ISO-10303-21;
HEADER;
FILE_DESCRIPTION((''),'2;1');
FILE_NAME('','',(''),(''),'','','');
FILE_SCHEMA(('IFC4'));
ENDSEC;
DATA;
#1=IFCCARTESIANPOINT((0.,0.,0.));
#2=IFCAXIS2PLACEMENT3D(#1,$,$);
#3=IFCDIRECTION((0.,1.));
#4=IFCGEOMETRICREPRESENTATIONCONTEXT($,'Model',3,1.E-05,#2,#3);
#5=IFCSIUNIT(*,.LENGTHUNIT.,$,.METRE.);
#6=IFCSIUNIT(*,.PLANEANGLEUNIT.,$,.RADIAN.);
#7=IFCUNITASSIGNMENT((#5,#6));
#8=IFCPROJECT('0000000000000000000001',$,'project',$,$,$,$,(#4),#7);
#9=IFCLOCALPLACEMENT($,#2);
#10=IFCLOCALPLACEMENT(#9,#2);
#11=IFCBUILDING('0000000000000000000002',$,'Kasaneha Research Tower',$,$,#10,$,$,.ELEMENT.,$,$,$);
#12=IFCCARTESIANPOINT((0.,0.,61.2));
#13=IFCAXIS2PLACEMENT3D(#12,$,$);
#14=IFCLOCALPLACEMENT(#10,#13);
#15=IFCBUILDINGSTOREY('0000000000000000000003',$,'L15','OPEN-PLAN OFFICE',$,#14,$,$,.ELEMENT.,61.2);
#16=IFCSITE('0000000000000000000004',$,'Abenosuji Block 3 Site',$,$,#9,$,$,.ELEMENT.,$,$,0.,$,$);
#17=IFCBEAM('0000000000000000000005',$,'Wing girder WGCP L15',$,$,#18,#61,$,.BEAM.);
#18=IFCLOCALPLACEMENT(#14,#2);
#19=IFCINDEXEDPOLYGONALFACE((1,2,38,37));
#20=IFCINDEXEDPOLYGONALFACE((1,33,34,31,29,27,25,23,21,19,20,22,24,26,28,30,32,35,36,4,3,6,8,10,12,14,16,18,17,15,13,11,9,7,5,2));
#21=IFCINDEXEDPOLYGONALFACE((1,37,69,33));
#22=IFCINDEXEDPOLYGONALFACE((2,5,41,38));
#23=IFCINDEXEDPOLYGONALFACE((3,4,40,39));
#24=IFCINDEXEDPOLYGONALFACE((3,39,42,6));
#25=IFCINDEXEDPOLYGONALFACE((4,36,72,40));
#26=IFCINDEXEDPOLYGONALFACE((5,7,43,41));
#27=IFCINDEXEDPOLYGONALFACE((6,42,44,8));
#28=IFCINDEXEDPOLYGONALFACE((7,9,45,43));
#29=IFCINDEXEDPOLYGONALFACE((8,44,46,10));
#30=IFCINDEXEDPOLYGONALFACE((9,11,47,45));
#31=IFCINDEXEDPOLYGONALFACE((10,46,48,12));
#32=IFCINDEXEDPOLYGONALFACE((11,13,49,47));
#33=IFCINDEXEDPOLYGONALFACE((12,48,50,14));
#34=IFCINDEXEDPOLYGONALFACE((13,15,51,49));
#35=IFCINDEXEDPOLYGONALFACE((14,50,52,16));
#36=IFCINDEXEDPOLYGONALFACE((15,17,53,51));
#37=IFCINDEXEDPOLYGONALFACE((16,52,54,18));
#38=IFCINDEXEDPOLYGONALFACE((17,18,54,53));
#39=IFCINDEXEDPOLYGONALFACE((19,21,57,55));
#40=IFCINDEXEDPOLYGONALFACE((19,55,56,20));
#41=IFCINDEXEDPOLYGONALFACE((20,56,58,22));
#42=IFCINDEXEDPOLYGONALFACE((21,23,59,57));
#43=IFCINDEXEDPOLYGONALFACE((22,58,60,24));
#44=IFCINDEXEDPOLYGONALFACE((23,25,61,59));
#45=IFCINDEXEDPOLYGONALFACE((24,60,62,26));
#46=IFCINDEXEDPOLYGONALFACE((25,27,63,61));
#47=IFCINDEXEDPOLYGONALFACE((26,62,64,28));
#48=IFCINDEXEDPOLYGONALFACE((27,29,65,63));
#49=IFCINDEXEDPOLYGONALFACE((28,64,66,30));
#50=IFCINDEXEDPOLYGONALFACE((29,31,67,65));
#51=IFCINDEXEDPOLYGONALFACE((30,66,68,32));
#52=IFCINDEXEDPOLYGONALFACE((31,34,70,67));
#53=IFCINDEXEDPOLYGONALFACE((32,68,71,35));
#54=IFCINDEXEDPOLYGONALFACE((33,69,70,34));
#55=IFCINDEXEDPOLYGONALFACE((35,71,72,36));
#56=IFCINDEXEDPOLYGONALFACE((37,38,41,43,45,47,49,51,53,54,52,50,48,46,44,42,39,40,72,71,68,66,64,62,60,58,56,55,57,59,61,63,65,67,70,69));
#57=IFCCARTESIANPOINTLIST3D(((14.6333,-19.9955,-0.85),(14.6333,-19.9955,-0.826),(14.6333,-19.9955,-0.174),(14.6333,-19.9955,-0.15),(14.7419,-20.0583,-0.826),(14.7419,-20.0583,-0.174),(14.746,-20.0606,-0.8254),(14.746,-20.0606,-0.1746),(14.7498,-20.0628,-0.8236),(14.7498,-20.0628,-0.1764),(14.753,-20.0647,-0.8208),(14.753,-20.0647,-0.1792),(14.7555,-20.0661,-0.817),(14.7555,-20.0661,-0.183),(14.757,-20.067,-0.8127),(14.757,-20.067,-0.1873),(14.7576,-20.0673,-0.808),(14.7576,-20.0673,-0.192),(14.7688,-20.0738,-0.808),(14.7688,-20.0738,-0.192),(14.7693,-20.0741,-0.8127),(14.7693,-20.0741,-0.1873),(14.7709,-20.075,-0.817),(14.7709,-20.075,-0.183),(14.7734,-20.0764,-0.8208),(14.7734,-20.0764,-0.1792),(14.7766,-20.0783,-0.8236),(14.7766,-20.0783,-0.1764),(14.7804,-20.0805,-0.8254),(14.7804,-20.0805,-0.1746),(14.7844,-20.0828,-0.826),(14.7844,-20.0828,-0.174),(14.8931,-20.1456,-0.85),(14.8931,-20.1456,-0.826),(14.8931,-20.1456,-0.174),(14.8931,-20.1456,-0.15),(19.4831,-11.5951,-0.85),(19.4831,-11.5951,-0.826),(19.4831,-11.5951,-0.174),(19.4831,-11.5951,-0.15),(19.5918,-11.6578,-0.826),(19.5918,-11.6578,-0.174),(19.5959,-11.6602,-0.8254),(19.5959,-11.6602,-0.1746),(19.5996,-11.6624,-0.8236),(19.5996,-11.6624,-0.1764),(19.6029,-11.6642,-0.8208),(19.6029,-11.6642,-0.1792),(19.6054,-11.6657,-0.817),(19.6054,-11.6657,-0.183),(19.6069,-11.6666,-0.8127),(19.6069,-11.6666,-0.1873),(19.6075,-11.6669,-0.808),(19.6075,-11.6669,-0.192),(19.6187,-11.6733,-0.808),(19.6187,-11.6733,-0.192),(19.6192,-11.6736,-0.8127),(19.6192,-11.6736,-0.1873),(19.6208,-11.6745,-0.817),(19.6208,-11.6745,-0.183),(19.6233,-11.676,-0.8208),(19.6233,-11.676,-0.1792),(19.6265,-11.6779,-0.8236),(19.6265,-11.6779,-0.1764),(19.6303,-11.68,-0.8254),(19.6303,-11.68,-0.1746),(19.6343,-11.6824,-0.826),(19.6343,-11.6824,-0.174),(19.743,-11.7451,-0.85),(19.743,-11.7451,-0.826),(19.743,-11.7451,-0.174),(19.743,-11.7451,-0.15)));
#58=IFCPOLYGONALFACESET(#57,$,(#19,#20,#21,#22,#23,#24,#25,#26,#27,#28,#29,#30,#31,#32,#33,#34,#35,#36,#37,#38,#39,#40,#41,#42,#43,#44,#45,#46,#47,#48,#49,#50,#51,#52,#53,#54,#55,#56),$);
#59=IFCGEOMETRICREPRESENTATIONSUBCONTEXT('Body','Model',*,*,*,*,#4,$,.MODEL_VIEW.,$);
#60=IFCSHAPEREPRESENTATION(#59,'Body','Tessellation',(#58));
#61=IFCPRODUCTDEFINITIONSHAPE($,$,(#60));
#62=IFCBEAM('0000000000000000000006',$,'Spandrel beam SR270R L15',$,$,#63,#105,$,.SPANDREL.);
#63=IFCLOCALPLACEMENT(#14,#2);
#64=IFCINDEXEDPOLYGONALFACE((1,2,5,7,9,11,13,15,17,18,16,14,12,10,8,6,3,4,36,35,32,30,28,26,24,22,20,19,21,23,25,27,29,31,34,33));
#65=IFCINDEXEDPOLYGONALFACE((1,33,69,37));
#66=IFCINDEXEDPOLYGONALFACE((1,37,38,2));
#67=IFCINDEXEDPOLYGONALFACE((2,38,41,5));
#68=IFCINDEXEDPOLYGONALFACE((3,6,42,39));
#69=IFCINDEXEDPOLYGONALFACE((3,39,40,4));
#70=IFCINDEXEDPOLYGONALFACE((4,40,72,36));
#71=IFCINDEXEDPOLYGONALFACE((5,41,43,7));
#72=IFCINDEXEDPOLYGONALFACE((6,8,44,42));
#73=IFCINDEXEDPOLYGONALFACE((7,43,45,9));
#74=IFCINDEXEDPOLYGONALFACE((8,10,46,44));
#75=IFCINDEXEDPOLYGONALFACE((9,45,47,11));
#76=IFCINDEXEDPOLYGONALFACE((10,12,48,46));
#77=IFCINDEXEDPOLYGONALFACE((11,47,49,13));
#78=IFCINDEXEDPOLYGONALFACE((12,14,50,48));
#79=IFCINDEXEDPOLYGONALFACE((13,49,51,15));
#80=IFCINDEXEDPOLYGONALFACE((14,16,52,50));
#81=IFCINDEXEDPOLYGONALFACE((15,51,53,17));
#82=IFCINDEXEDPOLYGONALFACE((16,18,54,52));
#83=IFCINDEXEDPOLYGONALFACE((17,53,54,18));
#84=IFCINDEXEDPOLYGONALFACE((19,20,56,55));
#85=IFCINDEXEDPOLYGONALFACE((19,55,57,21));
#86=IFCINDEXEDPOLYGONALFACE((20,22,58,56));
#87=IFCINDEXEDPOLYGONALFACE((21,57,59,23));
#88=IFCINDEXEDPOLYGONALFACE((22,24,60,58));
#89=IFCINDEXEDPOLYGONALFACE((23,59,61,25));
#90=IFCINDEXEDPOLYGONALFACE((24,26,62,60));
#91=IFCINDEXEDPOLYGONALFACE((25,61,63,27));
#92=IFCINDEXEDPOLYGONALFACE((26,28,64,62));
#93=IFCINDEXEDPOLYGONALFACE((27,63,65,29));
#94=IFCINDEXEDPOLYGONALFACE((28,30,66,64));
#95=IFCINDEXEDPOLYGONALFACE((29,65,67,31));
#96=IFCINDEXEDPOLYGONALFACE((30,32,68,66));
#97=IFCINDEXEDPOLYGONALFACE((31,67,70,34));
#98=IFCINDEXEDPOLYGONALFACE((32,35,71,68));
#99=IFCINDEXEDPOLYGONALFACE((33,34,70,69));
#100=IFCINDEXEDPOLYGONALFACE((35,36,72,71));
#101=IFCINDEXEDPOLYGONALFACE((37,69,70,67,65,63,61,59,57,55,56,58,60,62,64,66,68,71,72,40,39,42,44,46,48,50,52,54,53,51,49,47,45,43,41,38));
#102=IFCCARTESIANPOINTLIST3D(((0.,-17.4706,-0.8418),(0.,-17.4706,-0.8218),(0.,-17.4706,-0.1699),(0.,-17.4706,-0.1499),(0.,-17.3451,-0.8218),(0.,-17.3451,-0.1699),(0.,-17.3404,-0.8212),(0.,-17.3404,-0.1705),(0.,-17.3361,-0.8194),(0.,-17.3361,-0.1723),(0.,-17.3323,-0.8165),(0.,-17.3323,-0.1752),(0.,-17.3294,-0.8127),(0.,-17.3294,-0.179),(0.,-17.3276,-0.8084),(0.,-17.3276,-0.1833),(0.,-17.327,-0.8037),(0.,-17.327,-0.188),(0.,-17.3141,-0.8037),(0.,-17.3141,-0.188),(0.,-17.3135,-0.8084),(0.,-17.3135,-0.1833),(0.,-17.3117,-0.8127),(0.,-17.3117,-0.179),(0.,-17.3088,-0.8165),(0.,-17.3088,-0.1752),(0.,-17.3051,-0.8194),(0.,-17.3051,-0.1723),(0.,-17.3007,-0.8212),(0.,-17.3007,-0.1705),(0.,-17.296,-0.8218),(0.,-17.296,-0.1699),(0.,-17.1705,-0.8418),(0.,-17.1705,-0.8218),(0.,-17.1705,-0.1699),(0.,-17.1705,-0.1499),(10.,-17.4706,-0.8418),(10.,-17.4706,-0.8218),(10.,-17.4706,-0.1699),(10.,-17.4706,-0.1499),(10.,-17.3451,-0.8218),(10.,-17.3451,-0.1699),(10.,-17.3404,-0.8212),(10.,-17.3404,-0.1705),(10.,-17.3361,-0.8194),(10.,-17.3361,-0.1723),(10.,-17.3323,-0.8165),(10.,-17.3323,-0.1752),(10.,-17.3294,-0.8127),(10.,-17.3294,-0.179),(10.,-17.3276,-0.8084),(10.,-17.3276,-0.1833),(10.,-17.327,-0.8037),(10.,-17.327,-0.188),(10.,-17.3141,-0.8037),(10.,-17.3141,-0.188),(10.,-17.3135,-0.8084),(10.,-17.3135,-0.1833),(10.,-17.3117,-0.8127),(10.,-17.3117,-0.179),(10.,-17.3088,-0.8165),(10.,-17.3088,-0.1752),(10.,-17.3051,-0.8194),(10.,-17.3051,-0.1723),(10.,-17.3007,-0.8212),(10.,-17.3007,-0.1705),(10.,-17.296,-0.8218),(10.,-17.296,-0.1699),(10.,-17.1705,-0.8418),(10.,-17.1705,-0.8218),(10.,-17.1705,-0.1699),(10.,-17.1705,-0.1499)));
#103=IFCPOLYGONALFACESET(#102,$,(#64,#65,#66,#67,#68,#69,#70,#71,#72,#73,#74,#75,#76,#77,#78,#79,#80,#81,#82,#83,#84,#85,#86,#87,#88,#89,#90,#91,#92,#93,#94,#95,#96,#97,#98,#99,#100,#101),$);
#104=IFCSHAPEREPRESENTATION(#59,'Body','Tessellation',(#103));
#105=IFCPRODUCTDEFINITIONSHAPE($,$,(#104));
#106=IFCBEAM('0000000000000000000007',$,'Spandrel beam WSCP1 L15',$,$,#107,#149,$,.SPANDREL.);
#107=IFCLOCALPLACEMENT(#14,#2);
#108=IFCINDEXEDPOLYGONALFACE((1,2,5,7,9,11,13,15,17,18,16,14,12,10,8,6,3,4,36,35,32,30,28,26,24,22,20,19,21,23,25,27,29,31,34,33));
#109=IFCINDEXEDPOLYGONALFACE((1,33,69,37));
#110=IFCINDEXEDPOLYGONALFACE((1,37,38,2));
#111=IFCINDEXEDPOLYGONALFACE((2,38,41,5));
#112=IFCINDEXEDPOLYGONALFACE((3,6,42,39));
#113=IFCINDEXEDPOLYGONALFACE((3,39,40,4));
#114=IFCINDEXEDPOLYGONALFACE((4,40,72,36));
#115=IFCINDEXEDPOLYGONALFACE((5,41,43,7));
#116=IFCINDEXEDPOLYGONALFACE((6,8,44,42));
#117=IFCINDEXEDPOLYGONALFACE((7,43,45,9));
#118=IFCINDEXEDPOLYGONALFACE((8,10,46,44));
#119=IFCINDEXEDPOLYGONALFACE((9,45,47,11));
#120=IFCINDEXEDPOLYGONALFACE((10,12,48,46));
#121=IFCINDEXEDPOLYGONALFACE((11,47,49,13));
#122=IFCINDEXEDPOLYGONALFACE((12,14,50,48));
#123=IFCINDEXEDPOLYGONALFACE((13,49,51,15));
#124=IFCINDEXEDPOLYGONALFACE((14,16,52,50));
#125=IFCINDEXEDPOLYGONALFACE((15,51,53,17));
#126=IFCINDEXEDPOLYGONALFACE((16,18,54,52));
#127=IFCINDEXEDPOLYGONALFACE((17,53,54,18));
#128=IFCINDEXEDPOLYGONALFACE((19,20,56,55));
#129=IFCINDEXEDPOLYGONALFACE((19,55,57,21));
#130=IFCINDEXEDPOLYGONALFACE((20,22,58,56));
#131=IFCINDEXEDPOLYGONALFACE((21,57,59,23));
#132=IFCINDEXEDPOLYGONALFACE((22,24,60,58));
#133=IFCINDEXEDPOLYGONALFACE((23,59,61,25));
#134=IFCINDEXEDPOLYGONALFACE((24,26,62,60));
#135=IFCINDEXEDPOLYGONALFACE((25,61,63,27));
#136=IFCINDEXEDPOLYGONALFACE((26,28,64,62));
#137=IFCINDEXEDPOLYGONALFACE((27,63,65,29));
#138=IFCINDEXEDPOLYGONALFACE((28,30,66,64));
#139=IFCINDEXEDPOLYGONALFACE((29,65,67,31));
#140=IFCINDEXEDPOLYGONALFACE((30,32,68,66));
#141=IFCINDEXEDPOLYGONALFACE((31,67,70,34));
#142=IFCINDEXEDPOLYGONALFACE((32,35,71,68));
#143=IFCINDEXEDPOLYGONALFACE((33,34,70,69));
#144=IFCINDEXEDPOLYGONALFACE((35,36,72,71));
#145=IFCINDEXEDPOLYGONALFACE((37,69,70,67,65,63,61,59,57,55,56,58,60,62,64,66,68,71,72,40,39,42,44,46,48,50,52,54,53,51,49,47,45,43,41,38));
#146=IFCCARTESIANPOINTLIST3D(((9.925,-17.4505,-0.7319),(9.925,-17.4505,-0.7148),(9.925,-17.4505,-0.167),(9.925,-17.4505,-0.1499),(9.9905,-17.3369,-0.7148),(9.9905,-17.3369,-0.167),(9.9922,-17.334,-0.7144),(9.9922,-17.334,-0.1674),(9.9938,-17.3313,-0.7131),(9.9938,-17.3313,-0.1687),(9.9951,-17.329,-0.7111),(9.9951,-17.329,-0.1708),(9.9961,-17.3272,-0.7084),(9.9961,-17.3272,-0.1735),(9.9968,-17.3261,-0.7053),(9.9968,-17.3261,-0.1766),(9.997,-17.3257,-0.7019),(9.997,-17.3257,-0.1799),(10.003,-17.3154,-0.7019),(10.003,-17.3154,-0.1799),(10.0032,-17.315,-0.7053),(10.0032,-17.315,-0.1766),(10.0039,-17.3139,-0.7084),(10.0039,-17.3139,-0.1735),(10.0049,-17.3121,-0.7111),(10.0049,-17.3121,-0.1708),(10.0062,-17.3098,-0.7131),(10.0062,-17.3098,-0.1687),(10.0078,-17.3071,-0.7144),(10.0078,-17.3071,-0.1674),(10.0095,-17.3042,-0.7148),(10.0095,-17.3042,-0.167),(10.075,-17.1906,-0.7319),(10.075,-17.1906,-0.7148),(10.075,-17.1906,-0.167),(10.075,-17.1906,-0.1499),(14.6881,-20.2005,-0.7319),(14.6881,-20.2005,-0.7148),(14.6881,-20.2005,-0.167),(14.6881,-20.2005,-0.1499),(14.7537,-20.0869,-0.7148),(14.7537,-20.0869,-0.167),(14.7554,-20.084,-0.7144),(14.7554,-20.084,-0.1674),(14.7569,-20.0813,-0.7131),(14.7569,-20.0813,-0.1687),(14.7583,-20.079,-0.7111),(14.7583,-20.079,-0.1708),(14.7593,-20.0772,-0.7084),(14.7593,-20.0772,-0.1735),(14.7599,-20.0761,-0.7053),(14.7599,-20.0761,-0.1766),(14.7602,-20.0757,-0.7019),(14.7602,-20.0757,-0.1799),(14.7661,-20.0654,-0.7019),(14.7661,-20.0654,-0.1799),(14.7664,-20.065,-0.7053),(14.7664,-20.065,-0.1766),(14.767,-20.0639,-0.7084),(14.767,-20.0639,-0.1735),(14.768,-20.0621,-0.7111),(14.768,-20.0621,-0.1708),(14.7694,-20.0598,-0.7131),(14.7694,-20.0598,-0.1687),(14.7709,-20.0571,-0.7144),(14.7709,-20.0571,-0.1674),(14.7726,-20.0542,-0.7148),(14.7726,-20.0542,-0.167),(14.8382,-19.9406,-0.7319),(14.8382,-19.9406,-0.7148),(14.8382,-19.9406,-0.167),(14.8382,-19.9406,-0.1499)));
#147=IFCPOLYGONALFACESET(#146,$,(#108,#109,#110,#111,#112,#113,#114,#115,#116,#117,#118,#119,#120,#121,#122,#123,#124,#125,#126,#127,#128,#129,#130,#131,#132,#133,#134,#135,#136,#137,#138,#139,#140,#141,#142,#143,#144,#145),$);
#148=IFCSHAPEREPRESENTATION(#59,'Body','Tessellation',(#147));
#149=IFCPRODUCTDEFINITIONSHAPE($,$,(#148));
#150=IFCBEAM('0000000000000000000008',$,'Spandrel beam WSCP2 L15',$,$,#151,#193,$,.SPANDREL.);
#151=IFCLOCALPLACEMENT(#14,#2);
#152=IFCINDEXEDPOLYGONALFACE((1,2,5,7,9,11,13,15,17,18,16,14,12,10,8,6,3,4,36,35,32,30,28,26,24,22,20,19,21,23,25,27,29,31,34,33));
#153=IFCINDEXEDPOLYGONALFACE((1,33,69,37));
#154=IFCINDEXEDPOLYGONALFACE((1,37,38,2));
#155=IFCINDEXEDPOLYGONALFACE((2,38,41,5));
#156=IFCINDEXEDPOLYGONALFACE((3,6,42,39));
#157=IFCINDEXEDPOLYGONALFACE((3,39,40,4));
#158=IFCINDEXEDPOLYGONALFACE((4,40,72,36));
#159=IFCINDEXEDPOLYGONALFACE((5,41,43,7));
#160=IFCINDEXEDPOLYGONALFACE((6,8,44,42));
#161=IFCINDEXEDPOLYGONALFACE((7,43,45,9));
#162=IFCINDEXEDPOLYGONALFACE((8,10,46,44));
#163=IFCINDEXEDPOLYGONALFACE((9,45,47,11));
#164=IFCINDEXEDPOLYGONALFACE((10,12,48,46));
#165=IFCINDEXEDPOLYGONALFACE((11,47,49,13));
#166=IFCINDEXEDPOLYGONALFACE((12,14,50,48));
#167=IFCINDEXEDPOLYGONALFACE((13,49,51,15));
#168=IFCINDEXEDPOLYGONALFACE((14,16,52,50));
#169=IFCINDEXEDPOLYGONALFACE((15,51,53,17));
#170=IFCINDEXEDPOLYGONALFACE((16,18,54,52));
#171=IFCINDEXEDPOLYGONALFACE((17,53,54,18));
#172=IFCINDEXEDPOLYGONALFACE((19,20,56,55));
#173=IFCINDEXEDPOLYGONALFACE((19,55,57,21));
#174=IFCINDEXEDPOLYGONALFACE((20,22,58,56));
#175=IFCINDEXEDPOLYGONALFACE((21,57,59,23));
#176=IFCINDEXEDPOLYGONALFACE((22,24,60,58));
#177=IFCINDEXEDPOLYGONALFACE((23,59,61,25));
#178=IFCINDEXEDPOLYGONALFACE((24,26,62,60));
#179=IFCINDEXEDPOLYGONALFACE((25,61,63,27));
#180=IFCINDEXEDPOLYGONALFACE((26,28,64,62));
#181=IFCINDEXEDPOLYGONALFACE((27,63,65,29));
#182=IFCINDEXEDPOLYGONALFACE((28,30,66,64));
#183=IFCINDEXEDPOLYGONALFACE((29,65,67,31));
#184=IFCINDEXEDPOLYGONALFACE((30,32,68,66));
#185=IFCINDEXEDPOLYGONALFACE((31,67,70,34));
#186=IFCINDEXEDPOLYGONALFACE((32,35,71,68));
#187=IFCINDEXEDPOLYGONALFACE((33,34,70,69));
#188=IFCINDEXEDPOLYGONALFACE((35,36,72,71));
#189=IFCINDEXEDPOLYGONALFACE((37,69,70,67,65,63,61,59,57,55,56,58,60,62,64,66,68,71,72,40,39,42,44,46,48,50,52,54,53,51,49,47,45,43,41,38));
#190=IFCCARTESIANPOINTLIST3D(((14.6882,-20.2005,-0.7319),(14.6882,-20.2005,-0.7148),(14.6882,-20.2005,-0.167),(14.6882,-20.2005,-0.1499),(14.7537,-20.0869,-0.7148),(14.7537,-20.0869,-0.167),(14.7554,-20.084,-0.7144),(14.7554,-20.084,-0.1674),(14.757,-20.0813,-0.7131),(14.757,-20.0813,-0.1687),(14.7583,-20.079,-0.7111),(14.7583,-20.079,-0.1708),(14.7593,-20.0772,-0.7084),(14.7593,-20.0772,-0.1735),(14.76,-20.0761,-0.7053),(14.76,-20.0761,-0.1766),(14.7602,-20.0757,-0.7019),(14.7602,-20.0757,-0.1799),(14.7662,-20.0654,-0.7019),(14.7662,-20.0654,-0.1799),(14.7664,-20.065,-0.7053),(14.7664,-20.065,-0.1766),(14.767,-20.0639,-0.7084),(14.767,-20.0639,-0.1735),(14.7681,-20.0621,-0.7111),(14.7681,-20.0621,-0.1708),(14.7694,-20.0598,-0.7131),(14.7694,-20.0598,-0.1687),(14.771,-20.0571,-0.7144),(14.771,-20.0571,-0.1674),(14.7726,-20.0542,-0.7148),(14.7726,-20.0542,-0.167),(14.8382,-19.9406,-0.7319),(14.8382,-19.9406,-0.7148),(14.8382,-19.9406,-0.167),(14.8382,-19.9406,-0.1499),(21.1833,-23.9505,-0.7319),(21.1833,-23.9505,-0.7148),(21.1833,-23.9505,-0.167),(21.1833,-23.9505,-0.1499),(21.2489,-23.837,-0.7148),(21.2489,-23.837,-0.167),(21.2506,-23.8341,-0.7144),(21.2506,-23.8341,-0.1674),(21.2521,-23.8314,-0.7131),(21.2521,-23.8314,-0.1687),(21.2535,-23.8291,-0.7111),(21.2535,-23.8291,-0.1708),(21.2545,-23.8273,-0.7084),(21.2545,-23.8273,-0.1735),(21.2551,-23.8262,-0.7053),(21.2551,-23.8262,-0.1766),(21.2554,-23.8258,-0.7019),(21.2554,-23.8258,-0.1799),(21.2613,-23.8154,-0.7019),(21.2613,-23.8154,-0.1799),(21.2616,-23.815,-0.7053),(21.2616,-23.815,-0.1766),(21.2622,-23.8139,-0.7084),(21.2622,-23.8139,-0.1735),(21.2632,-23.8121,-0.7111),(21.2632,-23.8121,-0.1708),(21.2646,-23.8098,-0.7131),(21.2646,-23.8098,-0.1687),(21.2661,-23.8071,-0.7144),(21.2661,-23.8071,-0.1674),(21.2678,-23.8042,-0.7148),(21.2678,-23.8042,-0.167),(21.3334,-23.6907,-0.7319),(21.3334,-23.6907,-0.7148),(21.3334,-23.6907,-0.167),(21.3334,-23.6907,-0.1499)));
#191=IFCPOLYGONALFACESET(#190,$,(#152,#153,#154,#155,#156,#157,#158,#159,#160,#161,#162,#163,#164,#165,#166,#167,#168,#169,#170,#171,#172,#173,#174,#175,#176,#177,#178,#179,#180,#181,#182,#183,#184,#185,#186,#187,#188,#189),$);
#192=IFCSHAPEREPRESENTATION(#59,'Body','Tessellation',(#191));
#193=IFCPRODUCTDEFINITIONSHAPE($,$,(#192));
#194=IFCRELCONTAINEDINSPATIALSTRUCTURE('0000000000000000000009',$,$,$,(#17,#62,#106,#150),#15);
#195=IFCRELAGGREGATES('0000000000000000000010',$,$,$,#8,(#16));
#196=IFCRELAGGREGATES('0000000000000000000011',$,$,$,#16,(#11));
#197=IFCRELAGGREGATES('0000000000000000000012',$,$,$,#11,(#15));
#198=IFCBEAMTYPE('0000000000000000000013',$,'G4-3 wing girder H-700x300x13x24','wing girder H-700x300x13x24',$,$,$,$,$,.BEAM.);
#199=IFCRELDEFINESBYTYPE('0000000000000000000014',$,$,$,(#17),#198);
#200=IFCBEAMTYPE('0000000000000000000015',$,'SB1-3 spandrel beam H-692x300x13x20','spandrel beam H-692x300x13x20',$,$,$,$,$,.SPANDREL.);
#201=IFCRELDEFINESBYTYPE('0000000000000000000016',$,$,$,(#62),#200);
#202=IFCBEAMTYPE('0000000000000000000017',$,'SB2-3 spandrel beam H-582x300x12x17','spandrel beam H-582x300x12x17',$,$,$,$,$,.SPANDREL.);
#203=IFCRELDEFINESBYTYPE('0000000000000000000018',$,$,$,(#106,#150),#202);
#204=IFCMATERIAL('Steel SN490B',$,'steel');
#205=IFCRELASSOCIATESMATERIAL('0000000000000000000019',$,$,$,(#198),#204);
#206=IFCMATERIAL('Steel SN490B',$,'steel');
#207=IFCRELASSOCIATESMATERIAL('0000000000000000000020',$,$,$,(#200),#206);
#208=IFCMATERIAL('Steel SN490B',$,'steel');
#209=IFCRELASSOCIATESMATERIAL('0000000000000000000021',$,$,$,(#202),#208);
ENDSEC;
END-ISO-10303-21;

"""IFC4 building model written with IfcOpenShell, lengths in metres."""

from ifc_helpers import new_model, si_unit, direction, frame, origin, origin_2d, place, context, subcontext, project, spatial, i_section, extrude, material, material_profile, profile_set, type_object, element, save


model = new_model("IFC4")

# Units and contexts
model_context = context("Model", 3, precision=1e-05, world=origin(), true_north=direction((0.0, 1.0)))
body_context = subcontext(model_context, "Body", "Model", "MODEL_VIEW")
ifc_project = project(units=[si_unit("LENGTHUNIT", "METRE"), si_unit("PLANEANGLEUNIT", "RADIAN")], contexts=[model_context])

# Site, building, storey
site_placement = place(None, origin())
site = spatial("IfcSite", under=ifc_project, at=site_placement, Name="Abenosuji Block 3 Site", CompositionType="ELEMENT", RefElevation=0.0)
building_placement = place(site_placement, origin())
building = spatial("IfcBuilding", under=site, at=building_placement, Name="Kasaneha Research Tower", CompositionType="ELEMENT")
storey_placement = place(building_placement, frame((0.0, 0.0, 61.2)))
storey = spatial("IfcBuildingStorey", under=building, at=storey_placement, Name="L15", Description="OPEN-PLAN OFFICE", CompositionType="ELEMENT", Elevation=61.2)

# Beams
ifc_material_1 = material(Name="Steel SN490B", Category="steel")
ifc_material_profile_1 = material_profile(ifc_material_1, i_section(OverallWidth=0.3, OverallDepth=0.7, WebThickness=0.0129, FlangeThickness=0.0239, FilletRadius=0.0181, at=origin_2d()), Name="H-700x300x13x24")
ifc_profile_set_1 = profile_set([ifc_material_profile_1], Name="Steel SN490B")
beam_type_1 = type_object("IfcBeamType", Name="G4-3 wing girder H-700x300x13x24", Description="wing girder H-700x300x13x24", PredefinedType="BEAM", material=ifc_profile_set_1)
beam_1_placement = place(storey_placement, frame((14.7632, -20.0706, -0.5), z_axis=(0.499991, 0.866031, 0.0), x_axis=(-0.866031, 0.499991, 0.0)))
element("IfcBeam", 1, at=beam_1_placement, inside=storey, type_object=beam_type_1, Name="Wing girder WGCP L15", PredefinedType="BEAM", context=body_context, shape_type="SweptSolid", body=[
    extrude(i_section(OverallWidth=0.3, OverallDepth=0.7, WebThickness=0.0129, FlangeThickness=0.0239, FilletRadius=0.0181, at=origin_2d()), origin(), (0.0, 0.0, 1.0), 9.7),
])
ifc_material_2 = material(Name="Steel SN490B", Category="steel")
ifc_material_profile_2 = material_profile(ifc_material_2, i_section(OverallWidth=0.3, OverallDepth=0.6919, WebThickness=0.0129, FlangeThickness=0.02, FilletRadius=0.0181, at=origin_2d()), Name="H-692x300x13x20")
ifc_profile_set_2 = profile_set([ifc_material_profile_2], Name="Steel SN490B")
beam_type_2 = type_object("IfcBeamType", Name="SB1-3 spandrel beam H-692x300x13x20", Description="spandrel beam H-692x300x13x20", PredefinedType="SPANDREL", material=ifc_profile_set_2)
beam_2_placement = place(storey_placement, frame((10.0, -17.3206, -0.4958), z_axis=(-1.0, 0.0, 0.0), x_axis=(0.0, -1.0, 0.0)))
element("IfcBeam", 2, at=beam_2_placement, inside=storey, type_object=beam_type_2, Name="Spandrel beam SR270R L15", PredefinedType="SPANDREL", context=body_context, shape_type="SweptSolid", body=[
    extrude(i_section(OverallWidth=0.3, OverallDepth=0.6919, WebThickness=0.0129, FlangeThickness=0.02, FilletRadius=0.0181, at=origin_2d()), origin(), (0.0, 0.0, 1.0), 10.0),
])
ifc_material_3 = material(Name="Steel SN490B", Category="steel")
ifc_material_profile_3 = material_profile(ifc_material_3, i_section(OverallWidth=0.3, OverallDepth=0.582, WebThickness=0.012, FlangeThickness=0.0171, FilletRadius=0.0129, at=origin_2d()), Name="H-582x300x12x17")
ifc_profile_set_3 = profile_set([ifc_material_profile_3], Name="Steel SN490B")
beam_type_3 = type_object("IfcBeamType", Name="SB2-3 spandrel beam H-582x300x12x17", Description="spandrel beam H-582x300x12x17", PredefinedType="SPANDREL", material=ifc_profile_set_3)
beam_3_placement = place(storey_placement, frame((10.0, -17.3206, -0.4409), z_axis=(0.866027, -0.499997, 0.0), x_axis=(0.499997, 0.866027, 0.0)))
element("IfcBeam", 3, at=beam_3_placement, inside=storey, type_object=beam_type_3, Name="Spandrel beam WSCP1 L15", PredefinedType="SPANDREL", context=body_context, shape_type="SweptSolid", body=[
    extrude(i_section(OverallWidth=0.3, OverallDepth=0.582, WebThickness=0.012, FlangeThickness=0.0171, FilletRadius=0.0129, at=origin_2d()), origin(), (0.0, 0.0, 1.0), 5.5),
])
beam_4_placement = place(storey_placement, frame((14.7632, -20.0706, -0.4409), z_axis=(0.866023, -0.500004, 0.0), x_axis=(0.500004, 0.866023, 0.0)))
element("IfcBeam", 4, at=beam_4_placement, inside=storey, type_object=beam_type_3, Name="Spandrel beam WSCP2 L15", PredefinedType="SPANDREL", context=body_context, shape_type="SweptSolid", body=[
    extrude(i_section(OverallWidth=0.3, OverallDepth=0.582, WebThickness=0.012, FlangeThickness=0.0171, FilletRadius=0.0129, at=origin_2d()), origin(), (0.0, 0.0, 1.0), 7.5),
])

save(model, "model.ifc")
